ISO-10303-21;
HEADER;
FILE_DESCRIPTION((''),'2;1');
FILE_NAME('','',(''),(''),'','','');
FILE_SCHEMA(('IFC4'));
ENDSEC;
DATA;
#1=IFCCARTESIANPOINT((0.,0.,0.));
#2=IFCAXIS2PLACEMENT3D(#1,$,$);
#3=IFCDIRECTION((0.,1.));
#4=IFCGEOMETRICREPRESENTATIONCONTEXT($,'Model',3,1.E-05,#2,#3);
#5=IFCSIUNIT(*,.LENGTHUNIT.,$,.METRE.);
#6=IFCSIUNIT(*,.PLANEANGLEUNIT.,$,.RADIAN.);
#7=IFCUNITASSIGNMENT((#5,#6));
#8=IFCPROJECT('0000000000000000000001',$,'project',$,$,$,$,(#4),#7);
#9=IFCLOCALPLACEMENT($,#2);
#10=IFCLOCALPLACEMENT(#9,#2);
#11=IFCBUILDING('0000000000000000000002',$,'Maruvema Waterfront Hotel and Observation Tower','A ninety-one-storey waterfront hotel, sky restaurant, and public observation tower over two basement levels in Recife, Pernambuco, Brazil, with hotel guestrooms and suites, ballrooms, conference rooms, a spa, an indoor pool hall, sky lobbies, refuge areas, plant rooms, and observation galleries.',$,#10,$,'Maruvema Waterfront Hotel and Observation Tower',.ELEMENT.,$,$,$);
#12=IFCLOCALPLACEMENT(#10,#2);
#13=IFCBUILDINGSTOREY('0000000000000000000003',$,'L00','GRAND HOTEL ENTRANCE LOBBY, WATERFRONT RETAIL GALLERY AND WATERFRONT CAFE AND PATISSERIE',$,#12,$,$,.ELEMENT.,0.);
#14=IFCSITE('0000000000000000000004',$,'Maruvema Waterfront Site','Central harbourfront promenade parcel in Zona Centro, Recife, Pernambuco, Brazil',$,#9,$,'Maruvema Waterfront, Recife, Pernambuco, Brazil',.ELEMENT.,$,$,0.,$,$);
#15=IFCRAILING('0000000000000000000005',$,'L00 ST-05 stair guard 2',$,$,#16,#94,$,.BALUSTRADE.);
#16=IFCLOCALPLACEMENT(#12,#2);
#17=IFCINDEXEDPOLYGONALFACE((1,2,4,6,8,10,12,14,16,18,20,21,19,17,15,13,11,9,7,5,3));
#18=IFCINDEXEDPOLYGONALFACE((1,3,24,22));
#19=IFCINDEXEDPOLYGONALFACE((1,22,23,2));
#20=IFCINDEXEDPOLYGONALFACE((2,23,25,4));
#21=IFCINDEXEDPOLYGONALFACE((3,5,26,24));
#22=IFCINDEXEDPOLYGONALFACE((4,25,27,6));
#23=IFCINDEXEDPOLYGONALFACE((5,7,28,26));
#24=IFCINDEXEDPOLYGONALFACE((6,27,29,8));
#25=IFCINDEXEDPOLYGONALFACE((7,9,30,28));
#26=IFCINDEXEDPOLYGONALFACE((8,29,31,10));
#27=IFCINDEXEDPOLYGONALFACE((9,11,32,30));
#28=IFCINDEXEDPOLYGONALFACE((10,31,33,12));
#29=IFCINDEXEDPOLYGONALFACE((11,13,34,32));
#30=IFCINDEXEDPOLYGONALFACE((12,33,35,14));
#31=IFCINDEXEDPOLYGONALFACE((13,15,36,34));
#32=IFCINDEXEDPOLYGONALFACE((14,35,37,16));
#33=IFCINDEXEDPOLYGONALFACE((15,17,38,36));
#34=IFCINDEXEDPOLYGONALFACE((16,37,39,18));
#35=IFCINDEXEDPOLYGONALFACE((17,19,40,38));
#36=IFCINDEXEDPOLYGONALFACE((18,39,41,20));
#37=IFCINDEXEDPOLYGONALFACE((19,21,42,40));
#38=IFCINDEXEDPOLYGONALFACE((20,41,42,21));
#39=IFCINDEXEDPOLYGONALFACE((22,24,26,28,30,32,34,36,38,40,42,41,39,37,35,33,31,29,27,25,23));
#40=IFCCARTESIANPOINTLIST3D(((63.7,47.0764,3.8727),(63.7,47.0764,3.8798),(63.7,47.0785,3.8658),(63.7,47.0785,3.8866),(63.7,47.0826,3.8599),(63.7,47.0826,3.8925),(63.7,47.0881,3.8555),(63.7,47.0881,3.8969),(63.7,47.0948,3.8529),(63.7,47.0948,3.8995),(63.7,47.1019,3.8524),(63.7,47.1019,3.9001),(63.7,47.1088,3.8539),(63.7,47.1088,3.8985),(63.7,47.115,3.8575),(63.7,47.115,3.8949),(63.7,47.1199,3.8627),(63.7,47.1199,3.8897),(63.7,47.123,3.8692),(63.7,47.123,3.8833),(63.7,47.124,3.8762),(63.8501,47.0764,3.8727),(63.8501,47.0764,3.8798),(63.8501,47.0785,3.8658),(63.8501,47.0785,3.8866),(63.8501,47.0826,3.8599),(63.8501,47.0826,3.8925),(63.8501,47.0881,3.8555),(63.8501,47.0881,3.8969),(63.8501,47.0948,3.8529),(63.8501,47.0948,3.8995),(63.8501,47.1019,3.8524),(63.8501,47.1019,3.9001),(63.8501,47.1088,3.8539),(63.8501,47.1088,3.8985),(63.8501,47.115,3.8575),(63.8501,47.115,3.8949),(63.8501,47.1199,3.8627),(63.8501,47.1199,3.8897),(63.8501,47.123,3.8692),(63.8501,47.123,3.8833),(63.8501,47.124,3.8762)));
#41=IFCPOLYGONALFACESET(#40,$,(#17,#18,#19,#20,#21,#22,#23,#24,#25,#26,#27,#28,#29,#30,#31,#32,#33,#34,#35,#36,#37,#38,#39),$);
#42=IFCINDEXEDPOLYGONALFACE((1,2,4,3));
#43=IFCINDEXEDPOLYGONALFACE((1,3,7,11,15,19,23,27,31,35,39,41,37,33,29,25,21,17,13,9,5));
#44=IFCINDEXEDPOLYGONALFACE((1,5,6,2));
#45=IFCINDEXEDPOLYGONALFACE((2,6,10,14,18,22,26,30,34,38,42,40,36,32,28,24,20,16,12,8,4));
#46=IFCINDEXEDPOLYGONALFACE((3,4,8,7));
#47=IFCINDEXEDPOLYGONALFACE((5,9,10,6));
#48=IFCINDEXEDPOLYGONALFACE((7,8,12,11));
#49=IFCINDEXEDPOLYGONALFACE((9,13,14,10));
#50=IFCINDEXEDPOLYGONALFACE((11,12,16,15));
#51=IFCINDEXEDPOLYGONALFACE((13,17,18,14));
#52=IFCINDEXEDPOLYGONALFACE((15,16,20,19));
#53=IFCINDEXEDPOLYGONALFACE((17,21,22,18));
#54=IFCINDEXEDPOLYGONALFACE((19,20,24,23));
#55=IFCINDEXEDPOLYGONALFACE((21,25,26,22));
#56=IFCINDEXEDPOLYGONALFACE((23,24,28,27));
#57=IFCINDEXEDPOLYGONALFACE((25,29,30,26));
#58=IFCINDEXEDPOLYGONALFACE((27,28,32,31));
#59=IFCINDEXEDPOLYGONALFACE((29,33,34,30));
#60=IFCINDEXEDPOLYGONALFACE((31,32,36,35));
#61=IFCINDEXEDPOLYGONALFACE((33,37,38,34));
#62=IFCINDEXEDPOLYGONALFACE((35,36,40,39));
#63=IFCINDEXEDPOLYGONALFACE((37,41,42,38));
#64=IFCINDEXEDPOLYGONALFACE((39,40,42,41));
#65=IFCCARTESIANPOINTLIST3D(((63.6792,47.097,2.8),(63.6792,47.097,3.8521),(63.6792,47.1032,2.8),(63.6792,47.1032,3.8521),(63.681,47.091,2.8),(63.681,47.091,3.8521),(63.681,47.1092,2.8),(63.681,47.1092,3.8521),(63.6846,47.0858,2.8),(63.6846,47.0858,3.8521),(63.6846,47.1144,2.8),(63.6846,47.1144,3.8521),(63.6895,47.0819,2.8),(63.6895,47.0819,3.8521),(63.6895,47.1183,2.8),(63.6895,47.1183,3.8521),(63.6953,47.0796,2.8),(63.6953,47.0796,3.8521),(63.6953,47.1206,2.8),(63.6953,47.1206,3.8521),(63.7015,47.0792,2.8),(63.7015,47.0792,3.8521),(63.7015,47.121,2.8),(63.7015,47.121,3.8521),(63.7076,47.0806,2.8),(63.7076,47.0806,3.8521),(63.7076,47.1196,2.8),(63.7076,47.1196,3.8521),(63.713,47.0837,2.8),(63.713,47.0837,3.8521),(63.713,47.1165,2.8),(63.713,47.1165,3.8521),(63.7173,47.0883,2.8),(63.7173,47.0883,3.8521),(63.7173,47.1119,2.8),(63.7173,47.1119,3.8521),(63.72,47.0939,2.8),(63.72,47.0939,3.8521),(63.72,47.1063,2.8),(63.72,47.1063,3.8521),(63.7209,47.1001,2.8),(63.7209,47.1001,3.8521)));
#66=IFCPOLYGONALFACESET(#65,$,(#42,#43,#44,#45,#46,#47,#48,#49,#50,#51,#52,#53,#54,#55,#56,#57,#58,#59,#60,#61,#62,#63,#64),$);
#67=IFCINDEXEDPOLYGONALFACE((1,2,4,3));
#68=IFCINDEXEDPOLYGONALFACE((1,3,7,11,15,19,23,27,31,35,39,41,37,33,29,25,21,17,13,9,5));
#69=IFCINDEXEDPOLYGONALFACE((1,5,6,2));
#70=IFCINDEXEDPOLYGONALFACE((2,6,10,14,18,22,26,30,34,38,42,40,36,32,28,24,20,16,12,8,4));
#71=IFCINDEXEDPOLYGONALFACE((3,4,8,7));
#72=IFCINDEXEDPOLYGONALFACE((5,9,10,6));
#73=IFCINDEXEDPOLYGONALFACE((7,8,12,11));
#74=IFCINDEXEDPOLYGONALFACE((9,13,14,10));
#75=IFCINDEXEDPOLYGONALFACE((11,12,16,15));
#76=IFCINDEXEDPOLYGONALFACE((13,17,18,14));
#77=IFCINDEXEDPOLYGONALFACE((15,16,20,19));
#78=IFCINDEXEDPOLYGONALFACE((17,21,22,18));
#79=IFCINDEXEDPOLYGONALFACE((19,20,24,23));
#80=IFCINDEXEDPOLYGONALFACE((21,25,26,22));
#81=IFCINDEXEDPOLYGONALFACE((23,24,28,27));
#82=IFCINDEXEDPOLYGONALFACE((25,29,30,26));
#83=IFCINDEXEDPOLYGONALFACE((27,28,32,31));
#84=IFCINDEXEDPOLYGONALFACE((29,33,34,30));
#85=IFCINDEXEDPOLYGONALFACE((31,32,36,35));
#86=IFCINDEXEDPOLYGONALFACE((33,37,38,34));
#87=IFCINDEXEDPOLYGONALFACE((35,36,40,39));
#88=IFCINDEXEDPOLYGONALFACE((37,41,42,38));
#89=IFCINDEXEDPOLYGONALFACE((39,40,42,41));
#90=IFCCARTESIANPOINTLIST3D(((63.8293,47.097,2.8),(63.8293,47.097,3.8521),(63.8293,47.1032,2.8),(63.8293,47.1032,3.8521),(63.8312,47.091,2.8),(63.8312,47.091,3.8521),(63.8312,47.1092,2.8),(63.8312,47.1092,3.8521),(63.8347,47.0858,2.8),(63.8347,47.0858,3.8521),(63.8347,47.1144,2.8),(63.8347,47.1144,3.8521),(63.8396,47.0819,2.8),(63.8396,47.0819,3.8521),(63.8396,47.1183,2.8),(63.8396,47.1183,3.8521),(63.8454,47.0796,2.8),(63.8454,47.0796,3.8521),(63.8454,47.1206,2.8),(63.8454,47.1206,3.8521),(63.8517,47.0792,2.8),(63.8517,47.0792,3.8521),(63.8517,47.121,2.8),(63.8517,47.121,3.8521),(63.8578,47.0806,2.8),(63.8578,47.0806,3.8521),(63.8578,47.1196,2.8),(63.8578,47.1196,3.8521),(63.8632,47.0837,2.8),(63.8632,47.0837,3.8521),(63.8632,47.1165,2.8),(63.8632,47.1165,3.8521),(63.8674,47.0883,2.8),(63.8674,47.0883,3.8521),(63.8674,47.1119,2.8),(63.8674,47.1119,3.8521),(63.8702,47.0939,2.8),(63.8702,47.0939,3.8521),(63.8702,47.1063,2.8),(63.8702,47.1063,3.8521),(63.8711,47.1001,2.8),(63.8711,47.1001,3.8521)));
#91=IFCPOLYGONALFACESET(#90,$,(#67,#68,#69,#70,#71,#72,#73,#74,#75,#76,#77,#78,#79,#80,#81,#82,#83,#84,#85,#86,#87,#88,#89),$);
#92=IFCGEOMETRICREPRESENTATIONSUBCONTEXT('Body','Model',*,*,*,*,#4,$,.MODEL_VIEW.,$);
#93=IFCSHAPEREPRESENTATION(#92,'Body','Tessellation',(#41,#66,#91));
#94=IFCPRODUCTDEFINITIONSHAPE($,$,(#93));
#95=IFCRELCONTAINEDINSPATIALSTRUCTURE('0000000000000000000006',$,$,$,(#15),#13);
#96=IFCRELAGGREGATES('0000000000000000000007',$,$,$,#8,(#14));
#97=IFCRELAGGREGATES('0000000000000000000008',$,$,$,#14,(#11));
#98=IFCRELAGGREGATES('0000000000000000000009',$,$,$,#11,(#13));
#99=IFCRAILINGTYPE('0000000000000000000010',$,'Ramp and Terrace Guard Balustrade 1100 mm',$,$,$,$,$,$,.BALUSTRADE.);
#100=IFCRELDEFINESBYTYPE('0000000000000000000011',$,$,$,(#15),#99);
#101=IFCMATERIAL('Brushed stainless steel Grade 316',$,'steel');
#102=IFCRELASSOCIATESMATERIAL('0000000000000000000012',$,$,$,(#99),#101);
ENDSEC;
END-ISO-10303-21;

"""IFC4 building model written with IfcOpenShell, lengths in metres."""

from ifc_helpers import new_model, si_unit, direction, frame, origin, origin_2d, place, context, subcontext, project, spatial, circle, extrude, material, type_object, element, save


model = new_model("IFC4")

# Units and contexts
model_context = context("Model", 3, precision=1e-05, world=origin(), true_north=direction((0.0, 1.0)))
body_context = subcontext(model_context, "Body", "Model", "MODEL_VIEW")
ifc_project = project(units=[si_unit("LENGTHUNIT", "METRE"), si_unit("PLANEANGLEUNIT", "RADIAN")], contexts=[model_context])

# Site, building, storey
site_placement = place(None, origin())
site = spatial("IfcSite", under=ifc_project, at=site_placement, Name="Maruvema Waterfront Site", Description="Central harbourfront promenade parcel in Zona Centro, Recife, Pernambuco, Brazil", LongName="Maruvema Waterfront, Recife, Pernambuco, Brazil", CompositionType="ELEMENT", RefElevation=0.0)
building_placement = place(site_placement, origin())
building = spatial("IfcBuilding", under=site, at=building_placement, Name="Maruvema Waterfront Hotel and Observation Tower", Description="A ninety-one-storey waterfront hotel, sky restaurant, and public observation tower over two basement levels in Recife, Pernambuco, Brazil, with hotel guestrooms and suites, ballrooms, conference rooms, a spa, an indoor pool hall, sky lobbies, refuge areas, plant rooms, and observation galleries.", LongName="Maruvema Waterfront Hotel and Observation Tower", CompositionType="ELEMENT")
storey_placement = place(building_placement, origin())
storey = spatial("IfcBuildingStorey", under=building, at=storey_placement, Name="L00", Description="GRAND HOTEL ENTRANCE LOBBY, WATERFRONT RETAIL GALLERY AND WATERFRONT CAFE AND PATISSERIE", CompositionType="ELEMENT", Elevation=0.0)

# Railing
ifc_material_1 = material(Name="Brushed stainless steel Grade 316", Category="steel")
railing_type_1 = type_object("IfcRailingType", Name="Ramp and Terrace Guard Balustrade 1100 mm", PredefinedType="BALUSTRADE", material=ifc_material_1)
railing_1_placement = place(storey_placement, frame((63.7, 47.1001, 2.8)))
element("IfcRailing", 1, at=railing_1_placement, inside=storey, type_object=railing_type_1, Name="L00 ST-05 stair guard 2", PredefinedType="BALUSTRADE", context=body_context, shape_type="SweptSolid", body=[
    extrude(circle(Radius=0.0239, at=origin_2d()), frame((0.0, 0.0, 1.0762), z_axis=(1.0, 0.0, 0.0), x_axis=(0.0, 1.0, 0.0)), (0.0, 0.0, 1.0), 0.1501),
    extrude(circle(Radius=0.021, at=origin_2d()), origin(), (0.0, 0.0, 1.0), 1.052),
    extrude(circle(Radius=0.021, at=origin_2d()), frame((0.1501, 0.0, 0.0)), (0.0, 0.0, 1.0), 1.052),
])

save(model, "model.ifc")
